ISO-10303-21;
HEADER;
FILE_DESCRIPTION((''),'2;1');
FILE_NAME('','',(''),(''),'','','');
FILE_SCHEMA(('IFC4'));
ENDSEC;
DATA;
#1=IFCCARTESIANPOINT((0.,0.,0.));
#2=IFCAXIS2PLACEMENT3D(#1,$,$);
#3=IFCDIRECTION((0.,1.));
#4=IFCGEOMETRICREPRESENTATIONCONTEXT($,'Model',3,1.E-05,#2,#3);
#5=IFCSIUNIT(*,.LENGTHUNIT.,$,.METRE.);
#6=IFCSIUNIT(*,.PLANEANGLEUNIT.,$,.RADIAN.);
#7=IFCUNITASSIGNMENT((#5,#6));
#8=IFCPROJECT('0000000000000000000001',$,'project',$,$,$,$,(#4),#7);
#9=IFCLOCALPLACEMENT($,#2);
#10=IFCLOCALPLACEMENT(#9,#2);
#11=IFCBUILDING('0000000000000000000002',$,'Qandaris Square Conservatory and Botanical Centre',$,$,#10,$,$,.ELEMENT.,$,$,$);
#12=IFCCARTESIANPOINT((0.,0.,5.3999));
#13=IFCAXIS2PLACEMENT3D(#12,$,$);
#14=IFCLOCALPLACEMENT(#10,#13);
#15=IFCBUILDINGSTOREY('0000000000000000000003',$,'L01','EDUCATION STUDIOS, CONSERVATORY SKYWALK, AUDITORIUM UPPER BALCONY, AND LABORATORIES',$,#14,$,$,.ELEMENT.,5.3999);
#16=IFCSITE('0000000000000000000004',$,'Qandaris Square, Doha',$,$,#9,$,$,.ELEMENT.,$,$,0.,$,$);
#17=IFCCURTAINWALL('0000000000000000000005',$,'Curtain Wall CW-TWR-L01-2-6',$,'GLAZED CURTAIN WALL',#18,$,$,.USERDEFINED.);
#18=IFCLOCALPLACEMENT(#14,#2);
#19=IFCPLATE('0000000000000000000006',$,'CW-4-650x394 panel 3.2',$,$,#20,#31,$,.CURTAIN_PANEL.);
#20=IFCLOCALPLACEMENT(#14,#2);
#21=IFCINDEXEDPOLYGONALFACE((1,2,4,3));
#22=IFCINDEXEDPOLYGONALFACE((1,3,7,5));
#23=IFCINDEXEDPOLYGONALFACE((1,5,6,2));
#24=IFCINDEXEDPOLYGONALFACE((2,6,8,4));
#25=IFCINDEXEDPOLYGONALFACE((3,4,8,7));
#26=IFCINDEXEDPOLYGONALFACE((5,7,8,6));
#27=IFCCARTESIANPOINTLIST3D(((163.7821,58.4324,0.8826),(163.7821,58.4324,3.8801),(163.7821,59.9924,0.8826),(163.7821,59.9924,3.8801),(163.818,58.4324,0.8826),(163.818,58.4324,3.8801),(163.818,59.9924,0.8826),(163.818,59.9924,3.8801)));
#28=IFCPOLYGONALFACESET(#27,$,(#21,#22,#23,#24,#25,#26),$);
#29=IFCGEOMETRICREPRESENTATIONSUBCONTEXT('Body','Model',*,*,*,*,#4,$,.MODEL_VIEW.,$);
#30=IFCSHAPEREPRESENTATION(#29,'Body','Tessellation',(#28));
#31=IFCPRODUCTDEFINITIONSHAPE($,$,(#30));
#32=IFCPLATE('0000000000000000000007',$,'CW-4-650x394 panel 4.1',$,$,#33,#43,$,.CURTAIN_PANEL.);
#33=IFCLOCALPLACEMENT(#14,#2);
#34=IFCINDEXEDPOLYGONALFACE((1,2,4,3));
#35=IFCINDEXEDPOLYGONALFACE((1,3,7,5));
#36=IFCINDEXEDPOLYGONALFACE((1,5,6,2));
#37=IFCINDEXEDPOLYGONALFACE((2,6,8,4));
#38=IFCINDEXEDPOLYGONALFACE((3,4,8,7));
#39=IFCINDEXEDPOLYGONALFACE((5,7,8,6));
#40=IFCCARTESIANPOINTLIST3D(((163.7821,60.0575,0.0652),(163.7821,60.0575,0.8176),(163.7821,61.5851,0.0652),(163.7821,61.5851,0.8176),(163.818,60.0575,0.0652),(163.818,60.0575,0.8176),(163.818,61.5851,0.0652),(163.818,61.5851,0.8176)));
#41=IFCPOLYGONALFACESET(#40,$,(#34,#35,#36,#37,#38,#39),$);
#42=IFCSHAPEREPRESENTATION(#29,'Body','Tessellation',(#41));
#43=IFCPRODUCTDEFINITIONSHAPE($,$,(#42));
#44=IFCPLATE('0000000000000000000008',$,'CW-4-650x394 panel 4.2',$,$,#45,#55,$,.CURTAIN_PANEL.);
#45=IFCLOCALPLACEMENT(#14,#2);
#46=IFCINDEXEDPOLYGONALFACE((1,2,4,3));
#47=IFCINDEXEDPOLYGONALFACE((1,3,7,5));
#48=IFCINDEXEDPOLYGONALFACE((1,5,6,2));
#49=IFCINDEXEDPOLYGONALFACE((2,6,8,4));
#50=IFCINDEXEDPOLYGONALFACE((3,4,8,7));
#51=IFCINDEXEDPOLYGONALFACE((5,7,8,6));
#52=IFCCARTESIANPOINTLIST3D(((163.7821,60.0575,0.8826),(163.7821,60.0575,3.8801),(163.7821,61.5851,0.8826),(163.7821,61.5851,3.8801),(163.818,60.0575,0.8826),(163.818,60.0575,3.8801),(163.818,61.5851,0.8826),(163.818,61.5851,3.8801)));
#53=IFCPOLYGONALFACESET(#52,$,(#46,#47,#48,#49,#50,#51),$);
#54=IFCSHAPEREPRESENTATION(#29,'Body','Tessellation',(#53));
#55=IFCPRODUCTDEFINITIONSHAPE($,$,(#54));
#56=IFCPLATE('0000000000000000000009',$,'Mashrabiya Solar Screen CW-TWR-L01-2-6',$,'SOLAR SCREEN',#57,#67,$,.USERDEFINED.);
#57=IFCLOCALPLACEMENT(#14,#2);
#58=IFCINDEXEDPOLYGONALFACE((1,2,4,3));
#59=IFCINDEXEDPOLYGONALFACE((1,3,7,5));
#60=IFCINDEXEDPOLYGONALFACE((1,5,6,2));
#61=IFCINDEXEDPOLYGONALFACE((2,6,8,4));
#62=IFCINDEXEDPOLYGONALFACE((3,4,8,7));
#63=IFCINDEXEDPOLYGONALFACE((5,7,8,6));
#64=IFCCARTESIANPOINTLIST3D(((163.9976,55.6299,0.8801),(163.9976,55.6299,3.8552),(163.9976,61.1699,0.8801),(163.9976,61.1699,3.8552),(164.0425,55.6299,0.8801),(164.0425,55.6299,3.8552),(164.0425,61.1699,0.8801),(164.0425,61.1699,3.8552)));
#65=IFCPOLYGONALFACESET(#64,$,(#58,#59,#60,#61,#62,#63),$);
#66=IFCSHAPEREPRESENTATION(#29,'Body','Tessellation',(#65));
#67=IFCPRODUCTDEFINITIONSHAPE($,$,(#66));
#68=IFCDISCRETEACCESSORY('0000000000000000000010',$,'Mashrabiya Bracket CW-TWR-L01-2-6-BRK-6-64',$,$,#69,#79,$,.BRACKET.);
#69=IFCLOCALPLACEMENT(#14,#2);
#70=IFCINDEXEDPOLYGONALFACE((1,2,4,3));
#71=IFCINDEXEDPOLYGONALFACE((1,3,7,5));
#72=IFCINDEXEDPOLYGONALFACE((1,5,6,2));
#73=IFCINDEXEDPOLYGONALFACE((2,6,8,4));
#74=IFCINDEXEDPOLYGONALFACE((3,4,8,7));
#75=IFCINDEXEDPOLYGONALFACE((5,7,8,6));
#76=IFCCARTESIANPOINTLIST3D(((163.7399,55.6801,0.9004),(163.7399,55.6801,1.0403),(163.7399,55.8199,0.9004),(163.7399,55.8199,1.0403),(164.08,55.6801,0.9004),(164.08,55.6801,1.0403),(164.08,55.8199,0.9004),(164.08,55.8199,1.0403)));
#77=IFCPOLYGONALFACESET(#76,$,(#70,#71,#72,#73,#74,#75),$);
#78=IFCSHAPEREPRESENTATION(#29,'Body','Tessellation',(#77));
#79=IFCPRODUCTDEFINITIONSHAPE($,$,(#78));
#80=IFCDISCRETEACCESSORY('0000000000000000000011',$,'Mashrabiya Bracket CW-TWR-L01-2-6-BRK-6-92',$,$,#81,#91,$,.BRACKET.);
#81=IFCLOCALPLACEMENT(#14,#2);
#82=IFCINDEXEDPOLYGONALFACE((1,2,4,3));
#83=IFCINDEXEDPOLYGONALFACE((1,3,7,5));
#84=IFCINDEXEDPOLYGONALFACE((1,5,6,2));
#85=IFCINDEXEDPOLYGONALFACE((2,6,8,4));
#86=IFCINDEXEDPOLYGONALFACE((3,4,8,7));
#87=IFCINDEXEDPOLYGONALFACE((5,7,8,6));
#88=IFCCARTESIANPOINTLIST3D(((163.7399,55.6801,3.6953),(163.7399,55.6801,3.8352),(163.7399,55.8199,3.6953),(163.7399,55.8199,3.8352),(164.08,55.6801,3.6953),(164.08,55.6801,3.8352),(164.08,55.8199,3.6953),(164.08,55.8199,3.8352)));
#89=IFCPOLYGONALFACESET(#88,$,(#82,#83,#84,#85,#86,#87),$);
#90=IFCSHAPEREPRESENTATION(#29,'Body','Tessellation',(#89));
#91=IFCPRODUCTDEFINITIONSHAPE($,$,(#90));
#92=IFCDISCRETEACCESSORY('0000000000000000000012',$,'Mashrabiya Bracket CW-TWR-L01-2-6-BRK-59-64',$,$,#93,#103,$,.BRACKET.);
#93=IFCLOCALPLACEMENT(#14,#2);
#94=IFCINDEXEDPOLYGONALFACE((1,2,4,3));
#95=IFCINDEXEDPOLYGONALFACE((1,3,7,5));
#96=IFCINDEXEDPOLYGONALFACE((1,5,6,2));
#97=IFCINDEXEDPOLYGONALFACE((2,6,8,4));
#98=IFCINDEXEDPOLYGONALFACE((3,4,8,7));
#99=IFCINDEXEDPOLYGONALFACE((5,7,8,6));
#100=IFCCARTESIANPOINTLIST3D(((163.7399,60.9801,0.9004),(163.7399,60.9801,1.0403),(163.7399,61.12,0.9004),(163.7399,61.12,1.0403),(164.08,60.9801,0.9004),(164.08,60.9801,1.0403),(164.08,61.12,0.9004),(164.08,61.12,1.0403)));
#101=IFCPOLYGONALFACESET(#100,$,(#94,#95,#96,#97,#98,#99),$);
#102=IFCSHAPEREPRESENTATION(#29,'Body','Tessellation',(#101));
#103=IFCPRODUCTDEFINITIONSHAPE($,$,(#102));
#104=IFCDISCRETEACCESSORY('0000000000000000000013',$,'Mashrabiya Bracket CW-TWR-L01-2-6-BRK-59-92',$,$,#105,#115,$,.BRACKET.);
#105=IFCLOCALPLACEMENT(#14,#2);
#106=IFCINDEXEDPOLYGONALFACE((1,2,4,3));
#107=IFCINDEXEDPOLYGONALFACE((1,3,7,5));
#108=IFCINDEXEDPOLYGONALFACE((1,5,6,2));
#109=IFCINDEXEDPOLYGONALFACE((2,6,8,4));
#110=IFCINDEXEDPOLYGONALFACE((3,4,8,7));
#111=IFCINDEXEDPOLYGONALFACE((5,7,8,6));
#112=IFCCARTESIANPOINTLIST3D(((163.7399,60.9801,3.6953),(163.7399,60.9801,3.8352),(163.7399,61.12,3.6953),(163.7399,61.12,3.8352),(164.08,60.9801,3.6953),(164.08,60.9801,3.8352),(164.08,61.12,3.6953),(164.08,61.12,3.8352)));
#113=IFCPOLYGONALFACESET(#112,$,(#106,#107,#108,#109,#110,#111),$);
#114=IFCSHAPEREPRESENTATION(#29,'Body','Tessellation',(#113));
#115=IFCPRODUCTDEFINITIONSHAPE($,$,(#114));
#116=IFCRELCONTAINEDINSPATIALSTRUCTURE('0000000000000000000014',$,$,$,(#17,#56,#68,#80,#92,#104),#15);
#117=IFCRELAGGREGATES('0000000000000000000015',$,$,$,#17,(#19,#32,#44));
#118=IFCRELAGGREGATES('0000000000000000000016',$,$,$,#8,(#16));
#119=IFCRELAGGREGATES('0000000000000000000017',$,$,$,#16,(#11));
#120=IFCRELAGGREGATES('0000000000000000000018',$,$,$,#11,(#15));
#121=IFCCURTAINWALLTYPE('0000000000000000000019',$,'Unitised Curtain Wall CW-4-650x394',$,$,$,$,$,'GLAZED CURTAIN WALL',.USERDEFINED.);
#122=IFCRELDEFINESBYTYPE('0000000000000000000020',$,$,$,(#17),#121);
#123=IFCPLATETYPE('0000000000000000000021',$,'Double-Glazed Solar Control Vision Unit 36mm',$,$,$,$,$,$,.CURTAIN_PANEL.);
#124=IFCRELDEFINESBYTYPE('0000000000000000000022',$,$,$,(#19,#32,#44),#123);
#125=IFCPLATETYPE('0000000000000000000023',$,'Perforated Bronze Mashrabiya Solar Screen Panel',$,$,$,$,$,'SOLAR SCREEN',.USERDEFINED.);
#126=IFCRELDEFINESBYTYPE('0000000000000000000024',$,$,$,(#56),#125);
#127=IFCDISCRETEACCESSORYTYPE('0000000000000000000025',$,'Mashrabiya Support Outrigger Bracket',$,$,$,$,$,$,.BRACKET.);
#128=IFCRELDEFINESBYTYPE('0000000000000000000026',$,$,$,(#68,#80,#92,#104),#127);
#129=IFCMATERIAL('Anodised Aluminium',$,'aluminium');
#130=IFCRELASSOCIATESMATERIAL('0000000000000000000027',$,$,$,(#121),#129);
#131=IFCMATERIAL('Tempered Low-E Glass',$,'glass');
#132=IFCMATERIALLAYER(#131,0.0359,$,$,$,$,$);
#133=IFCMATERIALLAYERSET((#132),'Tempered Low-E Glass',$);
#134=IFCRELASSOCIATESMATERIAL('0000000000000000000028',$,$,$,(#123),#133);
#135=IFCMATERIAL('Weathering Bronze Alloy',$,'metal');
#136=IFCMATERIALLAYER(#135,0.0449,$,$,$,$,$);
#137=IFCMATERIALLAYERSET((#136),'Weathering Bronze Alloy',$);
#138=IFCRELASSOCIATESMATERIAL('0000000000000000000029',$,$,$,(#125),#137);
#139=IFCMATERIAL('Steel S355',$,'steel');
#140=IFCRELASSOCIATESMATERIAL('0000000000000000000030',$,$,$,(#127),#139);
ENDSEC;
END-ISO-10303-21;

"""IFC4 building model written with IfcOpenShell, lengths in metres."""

from ifc_helpers import new_model, si_unit, direction, frame, origin, origin_2d, place, context, subcontext, project, spatial, rectangle, extrude, material, layer, layer_set, type_object, element, aggregate, save


model = new_model("IFC4")

# Units and contexts
model_context = context("Model", 3, precision=1e-05, world=origin(), true_north=direction((0.0, 1.0)))
body_context = subcontext(model_context, "Body", "Model", "MODEL_VIEW")
ifc_project = project(units=[si_unit("LENGTHUNIT", "METRE"), si_unit("PLANEANGLEUNIT", "RADIAN")], contexts=[model_context])

# Site, building, storey
site_placement = place(None, origin())
site = spatial("IfcSite", under=ifc_project, at=site_placement, Name="Qandaris Square, Doha", CompositionType="ELEMENT", RefElevation=0.0)
building_placement = place(site_placement, origin())
building = spatial("IfcBuilding", under=site, at=building_placement, Name="Qandaris Square Conservatory and Botanical Centre", CompositionType="ELEMENT")
storey_placement = place(building_placement, frame((0.0, 0.0, 5.3999)))
storey = spatial("IfcBuildingStorey", under=building, at=storey_placement, Name="L01", Description="EDUCATION STUDIOS, CONSERVATORY SKYWALK, AUDITORIUM UPPER BALCONY, AND LABORATORIES", CompositionType="ELEMENT", Elevation=5.3999)

# Shared definitions
ifc_material_1 = material(Name="Steel S355", Category="steel")

# Curtain wall, plates
ifc_material_2 = material(Name="Anodised Aluminium", Category="aluminium")
curtain_wall_type = type_object("IfcCurtainWallType", Name="Unitised Curtain Wall CW-4-650x394", ElementType="GLAZED CURTAIN WALL", PredefinedType="USERDEFINED", material=ifc_material_2)
curtain_wall_placement = place(storey_placement, origin())
curtain_wall = element("IfcCurtainWall", 1, at=curtain_wall_placement, inside=storey, type_object=curtain_wall_type, Name="Curtain Wall CW-TWR-L01-2-6", ObjectType="GLAZED CURTAIN WALL", PredefinedType="USERDEFINED")
ifc_material_3 = material(Name="Tempered Low-E Glass", Category="glass")
ifc_layer_1 = layer(ifc_material_3, 0.0359)
ifc_layer_set_1 = layer_set([ifc_layer_1], Name="Tempered Low-E Glass")
plate_type_1 = type_object("IfcPlateType", Name="Double-Glazed Solar Control Vision Unit 36mm", PredefinedType="CURTAIN_PANEL", material=ifc_layer_set_1)
plate_1_placement = place(storey_placement, frame((163.8, 59.2124, 0.8826), z_axis=(0.0, 0.0, 1.0), x_axis=(0.0, 1.0, 0.0)))
plate_1 = element("IfcPlate", 2, at=plate_1_placement, type_object=plate_type_1, Name="CW-4-650x394 panel 3.2", PredefinedType="CURTAIN_PANEL", context=body_context, shape_type="SweptSolid", body=[
    extrude(rectangle(XDim=1.5601, YDim=0.0359, at=origin_2d()), origin(), (0.0, 0.0, 1.0), 2.9976),
])
plate_2_placement = place(storey_placement, frame((163.8, 60.8213, 0.0652), z_axis=(0.0, 0.0, 1.0), x_axis=(0.0, 1.0, 0.0)))
plate_2 = element("IfcPlate", 3, at=plate_2_placement, type_object=plate_type_1, Name="CW-4-650x394 panel 4.1", PredefinedType="CURTAIN_PANEL", context=body_context, shape_type="SweptSolid", body=[
    extrude(rectangle(XDim=1.5276, YDim=0.0359, at=origin_2d()), origin(), (0.0, 0.0, 1.0), 0.7524),
])
plate_3_placement = place(storey_placement, frame((163.8, 60.8213, 0.8826), z_axis=(0.0, 0.0, 1.0), x_axis=(0.0, 1.0, 0.0)))
plate_3 = element("IfcPlate", 4, at=plate_3_placement, type_object=plate_type_1, Name="CW-4-650x394 panel 4.2", PredefinedType="CURTAIN_PANEL", context=body_context, shape_type="SweptSolid", body=[
    extrude(rectangle(XDim=1.5276, YDim=0.0359, at=origin_2d()), origin(), (0.0, 0.0, 1.0), 2.9976),
])
aggregate(curtain_wall, [plate_1, plate_2, plate_3])

# Plate
ifc_material_4 = material(Name="Weathering Bronze Alloy", Category="metal")
ifc_layer_2 = layer(ifc_material_4, 0.0449)
ifc_layer_set_2 = layer_set([ifc_layer_2], Name="Weathering Bronze Alloy")
plate_type_2 = type_object("IfcPlateType", Name="Perforated Bronze Mashrabiya Solar Screen Panel", ElementType="SOLAR SCREEN", PredefinedType="USERDEFINED", material=ifc_layer_set_2)
plate_4_placement = place(storey_placement, frame((164.02, 58.3999, 0.8801), z_axis=(0.0, 0.0, 1.0), x_axis=(0.0, 1.0, 0.0)))
element("IfcPlate", 5, at=plate_4_placement, inside=storey, type_object=plate_type_2, Name="Mashrabiya Solar Screen CW-TWR-L01-2-6", ObjectType="SOLAR SCREEN", PredefinedType="USERDEFINED", context=body_context, shape_type="SweptSolid", body=[
    extrude(rectangle(XDim=5.54, YDim=0.0449, at=origin_2d()), origin(), (0.0, 0.0, 1.0), 2.9751),
])

# Discrete accessories
discrete_accessory_type = type_object("IfcDiscreteAccessoryType", Name="Mashrabiya Support Outrigger Bracket", PredefinedType="BRACKET", material=ifc_material_1)
for number, where, z_axis, x_axis, name in (
    (6, (163.9099, 55.75, 0.9004), (0.0, 0.0, 1.0), (0.0, 1.0, 0.0), "Mashrabiya Bracket CW-TWR-L01-2-6-BRK-6-64"),
    (7, (163.9099, 55.75, 3.6953), (0.0, 0.0, 1.0), (0.0, 1.0, 0.0), "Mashrabiya Bracket CW-TWR-L01-2-6-BRK-6-92"),
    (8, (163.9099, 61.05, 0.9004), (0.0, 0.0, 1.0), (0.0, 1.0, 0.0), "Mashrabiya Bracket CW-TWR-L01-2-6-BRK-59-64"),
    (9, (163.9099, 61.05, 3.6953), (0.0, 0.0, 1.0), (0.0, 1.0, 0.0), "Mashrabiya Bracket CW-TWR-L01-2-6-BRK-59-92"),
):
    element("IfcDiscreteAccessory", number, at=place(storey_placement, frame(where, z_axis=z_axis, x_axis=x_axis)), inside=storey, type_object=discrete_accessory_type, Name=name, PredefinedType="BRACKET", context=body_context, shape_type="SweptSolid", body=[
        extrude(rectangle(XDim=0.1399, YDim=0.3401, at=origin_2d()), origin(), (0.0, 0.0, 1.0), 0.1399),
    ])

save(model, "model.ifc")
